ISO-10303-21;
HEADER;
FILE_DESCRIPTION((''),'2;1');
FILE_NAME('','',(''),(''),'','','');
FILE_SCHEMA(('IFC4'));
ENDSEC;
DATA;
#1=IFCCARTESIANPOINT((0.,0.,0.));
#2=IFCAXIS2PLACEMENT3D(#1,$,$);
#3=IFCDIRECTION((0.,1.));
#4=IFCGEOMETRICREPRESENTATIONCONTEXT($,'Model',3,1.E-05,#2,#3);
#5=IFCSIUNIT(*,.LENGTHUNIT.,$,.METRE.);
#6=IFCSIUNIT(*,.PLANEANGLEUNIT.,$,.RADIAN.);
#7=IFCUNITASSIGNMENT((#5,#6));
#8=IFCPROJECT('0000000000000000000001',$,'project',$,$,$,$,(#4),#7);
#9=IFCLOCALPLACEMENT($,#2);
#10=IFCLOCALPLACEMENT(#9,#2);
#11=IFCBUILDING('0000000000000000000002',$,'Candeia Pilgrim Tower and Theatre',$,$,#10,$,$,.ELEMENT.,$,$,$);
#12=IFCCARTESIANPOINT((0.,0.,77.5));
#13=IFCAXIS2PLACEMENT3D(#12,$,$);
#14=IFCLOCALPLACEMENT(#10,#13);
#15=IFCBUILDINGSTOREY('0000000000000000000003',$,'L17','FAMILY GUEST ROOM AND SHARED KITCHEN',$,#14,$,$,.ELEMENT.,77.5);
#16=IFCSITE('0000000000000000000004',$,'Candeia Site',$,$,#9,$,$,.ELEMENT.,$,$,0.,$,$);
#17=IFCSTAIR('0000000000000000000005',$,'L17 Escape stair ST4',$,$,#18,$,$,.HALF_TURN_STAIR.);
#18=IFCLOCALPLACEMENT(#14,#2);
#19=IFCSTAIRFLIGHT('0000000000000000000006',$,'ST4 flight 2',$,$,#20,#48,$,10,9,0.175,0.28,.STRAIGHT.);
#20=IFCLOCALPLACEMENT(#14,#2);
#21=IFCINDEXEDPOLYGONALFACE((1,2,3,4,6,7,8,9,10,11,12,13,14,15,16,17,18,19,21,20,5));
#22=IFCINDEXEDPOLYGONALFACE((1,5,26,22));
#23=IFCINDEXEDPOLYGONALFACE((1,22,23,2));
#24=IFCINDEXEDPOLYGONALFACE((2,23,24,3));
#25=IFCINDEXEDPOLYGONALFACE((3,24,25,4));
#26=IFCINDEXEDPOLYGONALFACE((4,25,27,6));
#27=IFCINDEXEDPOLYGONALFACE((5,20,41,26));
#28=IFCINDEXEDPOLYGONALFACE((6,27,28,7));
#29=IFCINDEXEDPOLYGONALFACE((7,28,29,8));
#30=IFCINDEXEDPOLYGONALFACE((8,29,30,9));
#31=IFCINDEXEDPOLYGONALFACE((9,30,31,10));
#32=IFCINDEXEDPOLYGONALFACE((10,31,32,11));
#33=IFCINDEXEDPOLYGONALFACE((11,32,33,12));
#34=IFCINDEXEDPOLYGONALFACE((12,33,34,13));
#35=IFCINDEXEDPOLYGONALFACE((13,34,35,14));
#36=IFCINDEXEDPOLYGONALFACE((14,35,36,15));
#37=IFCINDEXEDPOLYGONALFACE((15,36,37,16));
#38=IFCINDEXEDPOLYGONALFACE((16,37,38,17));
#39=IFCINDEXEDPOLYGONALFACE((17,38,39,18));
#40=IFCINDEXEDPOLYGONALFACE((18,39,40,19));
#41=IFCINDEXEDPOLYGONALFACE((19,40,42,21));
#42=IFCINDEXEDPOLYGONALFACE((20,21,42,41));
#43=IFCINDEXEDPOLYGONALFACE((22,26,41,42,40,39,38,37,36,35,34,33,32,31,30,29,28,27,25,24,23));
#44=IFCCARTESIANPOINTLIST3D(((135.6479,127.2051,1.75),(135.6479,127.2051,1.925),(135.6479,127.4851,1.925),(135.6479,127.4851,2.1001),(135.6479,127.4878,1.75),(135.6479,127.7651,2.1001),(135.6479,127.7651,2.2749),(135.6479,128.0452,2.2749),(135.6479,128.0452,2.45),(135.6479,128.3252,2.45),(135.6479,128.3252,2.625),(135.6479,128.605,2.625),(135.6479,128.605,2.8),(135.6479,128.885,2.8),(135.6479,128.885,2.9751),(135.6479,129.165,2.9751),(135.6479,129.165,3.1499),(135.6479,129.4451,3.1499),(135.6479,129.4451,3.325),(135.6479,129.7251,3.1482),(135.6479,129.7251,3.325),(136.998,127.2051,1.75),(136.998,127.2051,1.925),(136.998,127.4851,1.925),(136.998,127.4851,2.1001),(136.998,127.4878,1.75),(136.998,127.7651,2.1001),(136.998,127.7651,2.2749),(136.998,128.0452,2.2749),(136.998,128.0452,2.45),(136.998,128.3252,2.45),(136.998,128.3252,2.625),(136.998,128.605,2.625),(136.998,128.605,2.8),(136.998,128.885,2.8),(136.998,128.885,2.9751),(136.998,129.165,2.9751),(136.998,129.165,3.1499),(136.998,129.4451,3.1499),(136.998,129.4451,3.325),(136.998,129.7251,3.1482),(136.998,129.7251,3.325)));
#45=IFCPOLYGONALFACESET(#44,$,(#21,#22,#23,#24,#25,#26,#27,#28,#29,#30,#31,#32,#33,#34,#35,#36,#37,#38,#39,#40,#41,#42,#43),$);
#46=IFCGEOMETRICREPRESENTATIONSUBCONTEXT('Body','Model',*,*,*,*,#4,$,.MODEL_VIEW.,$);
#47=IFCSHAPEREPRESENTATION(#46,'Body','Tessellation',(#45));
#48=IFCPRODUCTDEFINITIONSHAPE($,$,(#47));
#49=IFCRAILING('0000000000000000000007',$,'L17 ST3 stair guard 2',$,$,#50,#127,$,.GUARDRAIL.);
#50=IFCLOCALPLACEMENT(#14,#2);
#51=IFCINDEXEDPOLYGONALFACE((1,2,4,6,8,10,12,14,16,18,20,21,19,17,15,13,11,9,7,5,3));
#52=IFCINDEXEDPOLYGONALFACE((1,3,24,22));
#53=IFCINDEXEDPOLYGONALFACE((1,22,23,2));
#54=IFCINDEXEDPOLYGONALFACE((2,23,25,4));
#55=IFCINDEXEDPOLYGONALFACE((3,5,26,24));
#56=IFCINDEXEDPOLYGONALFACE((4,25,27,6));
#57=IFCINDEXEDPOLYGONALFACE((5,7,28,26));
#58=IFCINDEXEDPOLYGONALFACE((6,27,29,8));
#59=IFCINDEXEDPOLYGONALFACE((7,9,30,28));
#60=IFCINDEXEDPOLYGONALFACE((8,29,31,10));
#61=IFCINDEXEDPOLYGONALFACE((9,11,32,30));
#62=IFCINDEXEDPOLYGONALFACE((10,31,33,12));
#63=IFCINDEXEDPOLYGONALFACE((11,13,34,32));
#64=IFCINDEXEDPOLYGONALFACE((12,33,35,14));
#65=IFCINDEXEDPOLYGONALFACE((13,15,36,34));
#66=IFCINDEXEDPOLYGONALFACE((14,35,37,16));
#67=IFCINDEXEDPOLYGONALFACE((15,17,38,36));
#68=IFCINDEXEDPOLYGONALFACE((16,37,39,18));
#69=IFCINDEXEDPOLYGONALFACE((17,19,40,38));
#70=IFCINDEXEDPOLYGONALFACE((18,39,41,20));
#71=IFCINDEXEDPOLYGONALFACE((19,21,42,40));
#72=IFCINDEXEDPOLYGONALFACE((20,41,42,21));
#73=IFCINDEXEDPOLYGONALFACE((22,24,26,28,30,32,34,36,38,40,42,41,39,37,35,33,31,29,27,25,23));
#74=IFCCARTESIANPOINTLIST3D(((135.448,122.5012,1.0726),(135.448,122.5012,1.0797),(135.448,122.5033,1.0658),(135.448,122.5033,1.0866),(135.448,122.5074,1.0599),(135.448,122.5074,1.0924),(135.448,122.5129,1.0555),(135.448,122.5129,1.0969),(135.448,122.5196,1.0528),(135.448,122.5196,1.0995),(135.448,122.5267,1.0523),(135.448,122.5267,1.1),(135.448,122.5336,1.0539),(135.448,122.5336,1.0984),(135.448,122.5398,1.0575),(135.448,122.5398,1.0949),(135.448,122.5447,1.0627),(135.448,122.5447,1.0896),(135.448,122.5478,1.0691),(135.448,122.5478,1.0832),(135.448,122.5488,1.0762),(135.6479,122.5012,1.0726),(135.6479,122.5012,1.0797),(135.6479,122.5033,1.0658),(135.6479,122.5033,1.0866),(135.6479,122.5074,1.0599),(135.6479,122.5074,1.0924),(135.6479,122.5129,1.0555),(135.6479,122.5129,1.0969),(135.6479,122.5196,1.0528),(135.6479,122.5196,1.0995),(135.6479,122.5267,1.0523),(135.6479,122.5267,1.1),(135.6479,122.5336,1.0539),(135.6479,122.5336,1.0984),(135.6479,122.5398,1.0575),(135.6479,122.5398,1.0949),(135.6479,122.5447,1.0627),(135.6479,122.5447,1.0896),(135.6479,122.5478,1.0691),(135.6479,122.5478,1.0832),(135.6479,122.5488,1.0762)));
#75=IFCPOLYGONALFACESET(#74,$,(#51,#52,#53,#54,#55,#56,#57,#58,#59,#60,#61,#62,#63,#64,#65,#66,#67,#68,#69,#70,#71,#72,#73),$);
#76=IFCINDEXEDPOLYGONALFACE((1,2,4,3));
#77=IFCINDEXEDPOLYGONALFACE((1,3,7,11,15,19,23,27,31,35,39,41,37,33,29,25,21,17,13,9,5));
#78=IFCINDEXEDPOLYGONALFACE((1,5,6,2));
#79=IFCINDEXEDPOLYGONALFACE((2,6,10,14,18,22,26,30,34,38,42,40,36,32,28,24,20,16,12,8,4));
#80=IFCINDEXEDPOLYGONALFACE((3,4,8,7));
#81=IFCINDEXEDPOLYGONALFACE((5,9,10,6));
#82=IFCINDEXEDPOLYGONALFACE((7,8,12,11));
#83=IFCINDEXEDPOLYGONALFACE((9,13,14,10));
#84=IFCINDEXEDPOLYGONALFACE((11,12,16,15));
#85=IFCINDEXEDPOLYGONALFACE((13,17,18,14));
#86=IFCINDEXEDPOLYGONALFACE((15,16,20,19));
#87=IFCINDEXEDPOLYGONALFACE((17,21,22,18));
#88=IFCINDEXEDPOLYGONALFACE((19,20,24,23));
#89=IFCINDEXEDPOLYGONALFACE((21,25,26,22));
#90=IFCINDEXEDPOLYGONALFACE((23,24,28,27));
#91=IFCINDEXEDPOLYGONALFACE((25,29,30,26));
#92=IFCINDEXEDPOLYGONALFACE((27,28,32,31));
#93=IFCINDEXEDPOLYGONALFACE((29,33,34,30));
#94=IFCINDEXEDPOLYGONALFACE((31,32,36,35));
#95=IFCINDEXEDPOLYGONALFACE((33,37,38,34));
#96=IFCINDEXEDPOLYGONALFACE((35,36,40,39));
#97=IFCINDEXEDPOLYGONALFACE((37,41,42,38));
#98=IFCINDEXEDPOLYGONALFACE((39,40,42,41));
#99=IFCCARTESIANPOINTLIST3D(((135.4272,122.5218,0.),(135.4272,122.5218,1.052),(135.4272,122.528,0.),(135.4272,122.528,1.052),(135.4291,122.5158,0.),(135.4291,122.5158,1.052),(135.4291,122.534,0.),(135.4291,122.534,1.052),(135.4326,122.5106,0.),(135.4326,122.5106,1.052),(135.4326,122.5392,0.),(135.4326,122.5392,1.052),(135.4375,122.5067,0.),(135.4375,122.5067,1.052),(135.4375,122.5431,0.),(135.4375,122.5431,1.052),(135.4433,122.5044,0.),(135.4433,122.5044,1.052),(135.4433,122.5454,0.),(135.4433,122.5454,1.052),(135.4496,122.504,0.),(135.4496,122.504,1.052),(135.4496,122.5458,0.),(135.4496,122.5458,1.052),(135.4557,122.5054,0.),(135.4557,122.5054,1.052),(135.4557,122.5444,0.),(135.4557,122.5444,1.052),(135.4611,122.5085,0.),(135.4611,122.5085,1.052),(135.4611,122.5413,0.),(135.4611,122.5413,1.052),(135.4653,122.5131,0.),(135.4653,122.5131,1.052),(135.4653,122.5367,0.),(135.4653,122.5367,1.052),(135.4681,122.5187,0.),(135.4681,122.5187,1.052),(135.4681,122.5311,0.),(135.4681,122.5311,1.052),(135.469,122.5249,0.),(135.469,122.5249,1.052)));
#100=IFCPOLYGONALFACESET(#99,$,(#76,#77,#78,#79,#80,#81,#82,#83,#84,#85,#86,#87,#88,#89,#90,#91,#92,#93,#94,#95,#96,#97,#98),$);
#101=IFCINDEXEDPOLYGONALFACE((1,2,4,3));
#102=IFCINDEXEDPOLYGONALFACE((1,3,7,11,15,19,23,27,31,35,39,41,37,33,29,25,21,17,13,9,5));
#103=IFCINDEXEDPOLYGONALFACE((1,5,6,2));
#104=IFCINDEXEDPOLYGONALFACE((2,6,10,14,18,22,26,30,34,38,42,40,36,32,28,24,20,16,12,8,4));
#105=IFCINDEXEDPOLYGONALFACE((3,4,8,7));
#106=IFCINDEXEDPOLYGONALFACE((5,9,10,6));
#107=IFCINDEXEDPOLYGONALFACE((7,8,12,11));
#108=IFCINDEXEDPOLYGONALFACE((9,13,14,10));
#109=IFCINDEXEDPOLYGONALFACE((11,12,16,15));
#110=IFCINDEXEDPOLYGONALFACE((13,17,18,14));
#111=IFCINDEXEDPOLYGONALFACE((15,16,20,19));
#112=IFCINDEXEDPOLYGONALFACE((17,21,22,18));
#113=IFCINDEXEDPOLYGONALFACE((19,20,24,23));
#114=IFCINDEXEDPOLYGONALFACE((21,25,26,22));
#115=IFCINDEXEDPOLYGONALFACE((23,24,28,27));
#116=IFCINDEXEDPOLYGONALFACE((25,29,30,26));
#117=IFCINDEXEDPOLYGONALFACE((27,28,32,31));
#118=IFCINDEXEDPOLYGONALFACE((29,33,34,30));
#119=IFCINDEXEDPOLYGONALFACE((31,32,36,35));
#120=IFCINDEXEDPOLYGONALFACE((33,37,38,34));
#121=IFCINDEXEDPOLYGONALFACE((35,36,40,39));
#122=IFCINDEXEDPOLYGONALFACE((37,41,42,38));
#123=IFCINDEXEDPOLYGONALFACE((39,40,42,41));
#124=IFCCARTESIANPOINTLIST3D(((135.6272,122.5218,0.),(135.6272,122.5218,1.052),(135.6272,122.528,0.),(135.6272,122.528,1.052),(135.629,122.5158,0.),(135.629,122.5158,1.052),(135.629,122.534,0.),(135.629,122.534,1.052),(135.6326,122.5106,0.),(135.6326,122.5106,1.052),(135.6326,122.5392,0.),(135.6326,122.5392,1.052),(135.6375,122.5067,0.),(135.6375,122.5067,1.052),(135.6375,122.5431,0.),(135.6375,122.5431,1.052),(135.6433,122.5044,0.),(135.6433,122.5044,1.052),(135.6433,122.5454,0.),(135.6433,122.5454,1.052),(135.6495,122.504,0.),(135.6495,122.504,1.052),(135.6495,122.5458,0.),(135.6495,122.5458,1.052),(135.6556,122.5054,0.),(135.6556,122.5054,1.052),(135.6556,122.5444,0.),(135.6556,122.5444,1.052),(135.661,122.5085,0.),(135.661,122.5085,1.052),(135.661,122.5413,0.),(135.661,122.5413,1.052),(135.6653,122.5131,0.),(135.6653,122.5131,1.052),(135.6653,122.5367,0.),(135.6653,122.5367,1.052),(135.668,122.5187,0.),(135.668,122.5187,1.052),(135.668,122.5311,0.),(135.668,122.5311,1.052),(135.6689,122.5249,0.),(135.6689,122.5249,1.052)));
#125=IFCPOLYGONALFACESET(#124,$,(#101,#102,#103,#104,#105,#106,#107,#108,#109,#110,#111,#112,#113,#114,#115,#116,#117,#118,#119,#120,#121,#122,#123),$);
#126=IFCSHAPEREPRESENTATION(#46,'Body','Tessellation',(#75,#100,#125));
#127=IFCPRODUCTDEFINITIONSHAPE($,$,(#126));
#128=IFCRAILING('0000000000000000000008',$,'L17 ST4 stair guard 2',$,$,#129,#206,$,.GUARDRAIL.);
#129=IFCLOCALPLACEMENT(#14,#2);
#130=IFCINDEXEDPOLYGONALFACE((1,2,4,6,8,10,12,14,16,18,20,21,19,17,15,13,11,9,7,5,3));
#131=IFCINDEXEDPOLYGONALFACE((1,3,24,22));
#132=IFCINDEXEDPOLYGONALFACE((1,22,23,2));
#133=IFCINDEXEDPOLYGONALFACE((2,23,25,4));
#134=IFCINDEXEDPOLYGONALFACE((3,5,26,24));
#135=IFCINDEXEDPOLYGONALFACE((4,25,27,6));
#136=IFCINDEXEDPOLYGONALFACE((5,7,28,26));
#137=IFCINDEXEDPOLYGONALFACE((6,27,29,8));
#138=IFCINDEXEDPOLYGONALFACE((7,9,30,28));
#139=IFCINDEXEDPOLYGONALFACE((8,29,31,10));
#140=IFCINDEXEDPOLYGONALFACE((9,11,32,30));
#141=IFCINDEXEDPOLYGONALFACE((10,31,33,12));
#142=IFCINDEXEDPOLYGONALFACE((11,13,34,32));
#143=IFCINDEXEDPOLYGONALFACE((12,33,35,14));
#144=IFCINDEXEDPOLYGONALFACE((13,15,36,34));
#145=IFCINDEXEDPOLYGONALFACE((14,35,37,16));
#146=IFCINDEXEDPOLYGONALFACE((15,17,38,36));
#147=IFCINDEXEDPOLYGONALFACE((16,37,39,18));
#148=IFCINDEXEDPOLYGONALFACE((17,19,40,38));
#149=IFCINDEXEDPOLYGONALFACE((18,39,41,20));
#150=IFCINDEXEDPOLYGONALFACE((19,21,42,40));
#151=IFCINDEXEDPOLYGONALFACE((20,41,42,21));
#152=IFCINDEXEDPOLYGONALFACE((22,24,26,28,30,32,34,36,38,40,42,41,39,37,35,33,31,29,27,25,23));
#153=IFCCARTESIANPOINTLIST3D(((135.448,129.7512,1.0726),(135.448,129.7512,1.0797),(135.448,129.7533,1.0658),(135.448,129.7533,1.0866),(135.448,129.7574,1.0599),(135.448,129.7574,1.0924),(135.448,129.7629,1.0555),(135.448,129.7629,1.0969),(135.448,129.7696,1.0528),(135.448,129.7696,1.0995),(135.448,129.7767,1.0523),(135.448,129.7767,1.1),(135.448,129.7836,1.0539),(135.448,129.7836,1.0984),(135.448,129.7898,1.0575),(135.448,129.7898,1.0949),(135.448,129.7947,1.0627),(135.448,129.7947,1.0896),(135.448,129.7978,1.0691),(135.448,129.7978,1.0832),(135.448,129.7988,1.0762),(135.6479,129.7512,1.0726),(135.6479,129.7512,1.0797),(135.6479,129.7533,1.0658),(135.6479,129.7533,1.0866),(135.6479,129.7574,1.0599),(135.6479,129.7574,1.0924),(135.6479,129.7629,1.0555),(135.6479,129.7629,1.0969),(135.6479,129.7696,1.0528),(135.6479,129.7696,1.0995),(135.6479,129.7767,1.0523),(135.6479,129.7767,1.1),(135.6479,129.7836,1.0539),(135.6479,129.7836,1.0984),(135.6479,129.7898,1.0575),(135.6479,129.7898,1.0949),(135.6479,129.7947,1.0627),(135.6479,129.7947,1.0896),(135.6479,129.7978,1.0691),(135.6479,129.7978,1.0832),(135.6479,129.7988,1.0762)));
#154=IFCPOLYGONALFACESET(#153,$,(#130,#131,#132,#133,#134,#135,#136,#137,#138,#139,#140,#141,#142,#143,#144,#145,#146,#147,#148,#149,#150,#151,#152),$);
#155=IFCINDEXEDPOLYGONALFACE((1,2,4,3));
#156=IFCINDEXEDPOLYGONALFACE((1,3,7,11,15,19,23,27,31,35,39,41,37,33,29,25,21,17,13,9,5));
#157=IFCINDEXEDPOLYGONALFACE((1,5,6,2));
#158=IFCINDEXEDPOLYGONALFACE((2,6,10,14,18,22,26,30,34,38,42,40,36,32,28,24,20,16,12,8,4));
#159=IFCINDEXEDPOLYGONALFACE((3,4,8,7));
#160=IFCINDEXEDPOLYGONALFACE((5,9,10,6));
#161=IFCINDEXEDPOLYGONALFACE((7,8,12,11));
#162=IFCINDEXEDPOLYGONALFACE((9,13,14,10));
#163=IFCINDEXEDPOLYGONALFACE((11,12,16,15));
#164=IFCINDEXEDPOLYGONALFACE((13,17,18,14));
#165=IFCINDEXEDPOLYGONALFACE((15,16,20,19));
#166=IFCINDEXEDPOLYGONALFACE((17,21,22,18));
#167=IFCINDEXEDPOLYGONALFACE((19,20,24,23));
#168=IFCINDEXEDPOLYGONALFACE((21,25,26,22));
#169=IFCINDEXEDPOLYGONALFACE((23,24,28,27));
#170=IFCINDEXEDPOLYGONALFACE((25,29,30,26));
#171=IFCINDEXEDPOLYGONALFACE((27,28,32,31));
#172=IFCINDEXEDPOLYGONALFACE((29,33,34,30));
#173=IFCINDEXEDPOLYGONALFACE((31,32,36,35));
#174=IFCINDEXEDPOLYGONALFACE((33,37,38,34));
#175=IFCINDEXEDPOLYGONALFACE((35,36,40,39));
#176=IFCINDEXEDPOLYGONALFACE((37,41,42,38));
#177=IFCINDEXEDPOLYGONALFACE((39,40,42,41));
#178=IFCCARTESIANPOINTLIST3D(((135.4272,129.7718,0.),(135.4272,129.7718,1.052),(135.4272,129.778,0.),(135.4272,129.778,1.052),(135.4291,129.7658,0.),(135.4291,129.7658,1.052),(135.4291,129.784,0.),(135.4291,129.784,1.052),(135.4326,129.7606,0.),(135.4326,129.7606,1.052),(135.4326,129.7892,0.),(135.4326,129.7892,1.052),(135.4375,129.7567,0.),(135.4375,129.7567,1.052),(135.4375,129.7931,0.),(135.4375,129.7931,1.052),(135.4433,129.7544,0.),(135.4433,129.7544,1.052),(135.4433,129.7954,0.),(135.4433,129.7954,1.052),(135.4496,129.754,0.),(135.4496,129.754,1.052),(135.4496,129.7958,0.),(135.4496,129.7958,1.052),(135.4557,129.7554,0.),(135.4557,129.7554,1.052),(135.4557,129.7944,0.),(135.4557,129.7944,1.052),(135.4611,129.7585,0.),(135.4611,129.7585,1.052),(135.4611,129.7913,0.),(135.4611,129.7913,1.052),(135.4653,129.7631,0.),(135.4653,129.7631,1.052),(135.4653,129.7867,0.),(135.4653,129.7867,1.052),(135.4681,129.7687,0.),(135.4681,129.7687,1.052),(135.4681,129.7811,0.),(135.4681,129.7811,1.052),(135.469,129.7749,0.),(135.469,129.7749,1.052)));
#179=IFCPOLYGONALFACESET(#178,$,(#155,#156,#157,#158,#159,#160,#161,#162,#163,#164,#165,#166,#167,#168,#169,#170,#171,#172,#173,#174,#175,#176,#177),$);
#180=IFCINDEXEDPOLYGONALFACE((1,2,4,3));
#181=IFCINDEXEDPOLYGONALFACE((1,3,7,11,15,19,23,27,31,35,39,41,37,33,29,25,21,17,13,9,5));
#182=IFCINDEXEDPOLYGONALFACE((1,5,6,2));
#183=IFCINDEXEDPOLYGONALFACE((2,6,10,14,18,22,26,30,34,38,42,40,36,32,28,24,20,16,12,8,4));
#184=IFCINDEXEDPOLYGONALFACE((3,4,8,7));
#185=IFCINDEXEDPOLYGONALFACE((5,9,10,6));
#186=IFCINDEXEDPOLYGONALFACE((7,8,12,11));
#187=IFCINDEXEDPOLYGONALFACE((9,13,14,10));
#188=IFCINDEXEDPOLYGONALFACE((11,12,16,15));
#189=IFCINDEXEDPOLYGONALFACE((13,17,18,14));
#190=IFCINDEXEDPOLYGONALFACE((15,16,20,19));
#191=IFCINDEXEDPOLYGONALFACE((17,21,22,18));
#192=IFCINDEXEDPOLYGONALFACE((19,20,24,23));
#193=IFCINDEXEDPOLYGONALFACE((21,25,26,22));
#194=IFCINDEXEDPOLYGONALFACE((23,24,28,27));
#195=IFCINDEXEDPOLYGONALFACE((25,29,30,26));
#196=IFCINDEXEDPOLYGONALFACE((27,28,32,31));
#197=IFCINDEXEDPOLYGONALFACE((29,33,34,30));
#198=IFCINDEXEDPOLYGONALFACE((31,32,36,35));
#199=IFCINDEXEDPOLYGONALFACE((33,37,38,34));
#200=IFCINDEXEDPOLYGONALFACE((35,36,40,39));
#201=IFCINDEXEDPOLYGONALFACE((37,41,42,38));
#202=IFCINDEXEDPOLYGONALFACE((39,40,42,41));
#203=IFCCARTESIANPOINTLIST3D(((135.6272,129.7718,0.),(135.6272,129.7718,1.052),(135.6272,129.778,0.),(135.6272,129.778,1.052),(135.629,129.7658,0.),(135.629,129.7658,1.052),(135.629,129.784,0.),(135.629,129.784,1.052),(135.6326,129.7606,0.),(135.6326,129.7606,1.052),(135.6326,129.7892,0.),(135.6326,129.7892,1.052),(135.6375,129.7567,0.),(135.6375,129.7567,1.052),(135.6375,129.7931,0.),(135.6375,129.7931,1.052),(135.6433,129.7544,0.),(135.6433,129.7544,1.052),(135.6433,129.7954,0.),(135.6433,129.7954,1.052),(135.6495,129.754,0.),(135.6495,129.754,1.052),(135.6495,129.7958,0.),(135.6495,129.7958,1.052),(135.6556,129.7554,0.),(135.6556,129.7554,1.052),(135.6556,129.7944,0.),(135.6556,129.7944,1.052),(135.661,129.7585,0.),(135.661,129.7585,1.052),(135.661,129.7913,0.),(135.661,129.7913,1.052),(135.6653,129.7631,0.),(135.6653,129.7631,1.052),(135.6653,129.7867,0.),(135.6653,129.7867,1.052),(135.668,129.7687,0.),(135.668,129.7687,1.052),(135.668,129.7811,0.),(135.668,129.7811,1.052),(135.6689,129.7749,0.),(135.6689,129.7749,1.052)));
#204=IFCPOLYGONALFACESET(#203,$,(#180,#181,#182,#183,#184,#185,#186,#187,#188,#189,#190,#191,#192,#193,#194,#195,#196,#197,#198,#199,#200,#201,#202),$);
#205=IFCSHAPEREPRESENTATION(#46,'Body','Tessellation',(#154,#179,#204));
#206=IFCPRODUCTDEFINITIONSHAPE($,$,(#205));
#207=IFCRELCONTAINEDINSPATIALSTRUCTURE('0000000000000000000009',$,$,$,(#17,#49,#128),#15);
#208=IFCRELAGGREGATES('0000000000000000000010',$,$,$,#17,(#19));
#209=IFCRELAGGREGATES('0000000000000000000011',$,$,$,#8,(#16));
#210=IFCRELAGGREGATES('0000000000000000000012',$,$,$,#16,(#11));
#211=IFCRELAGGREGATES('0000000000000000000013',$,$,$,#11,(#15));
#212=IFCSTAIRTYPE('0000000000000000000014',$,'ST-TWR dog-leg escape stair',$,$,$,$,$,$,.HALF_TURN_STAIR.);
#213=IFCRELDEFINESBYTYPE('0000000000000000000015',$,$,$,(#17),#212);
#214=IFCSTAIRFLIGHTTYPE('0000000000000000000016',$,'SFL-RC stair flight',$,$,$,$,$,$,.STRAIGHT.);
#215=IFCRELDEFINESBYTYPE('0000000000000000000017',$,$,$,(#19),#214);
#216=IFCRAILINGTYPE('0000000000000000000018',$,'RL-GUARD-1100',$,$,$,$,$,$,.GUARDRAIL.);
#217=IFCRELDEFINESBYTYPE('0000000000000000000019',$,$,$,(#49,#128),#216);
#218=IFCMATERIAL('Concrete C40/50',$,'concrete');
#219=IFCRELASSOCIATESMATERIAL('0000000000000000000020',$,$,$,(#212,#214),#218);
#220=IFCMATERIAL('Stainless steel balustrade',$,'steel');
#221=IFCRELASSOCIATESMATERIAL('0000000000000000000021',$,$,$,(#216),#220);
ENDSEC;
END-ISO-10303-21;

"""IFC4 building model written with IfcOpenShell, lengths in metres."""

from ifc_helpers import new_model, si_unit, direction, frame, origin, origin_2d, place, context, subcontext, project, spatial, polyline, circle, outline, extrude, material, type_object, element, aggregate, save


model = new_model("IFC4")

# Units and contexts
model_context = context("Model", 3, precision=1e-05, world=origin(), true_north=direction((0.0, 1.0)))
body_context = subcontext(model_context, "Body", "Model", "MODEL_VIEW")
ifc_project = project(units=[si_unit("LENGTHUNIT", "METRE"), si_unit("PLANEANGLEUNIT", "RADIAN")], contexts=[model_context])

# Site, building, storey
site_placement = place(None, origin())
site = spatial("IfcSite", under=ifc_project, at=site_placement, Name="Candeia Site", CompositionType="ELEMENT", RefElevation=0.0)
building_placement = place(site_placement, origin())
building = spatial("IfcBuilding", under=site, at=building_placement, Name="Candeia Pilgrim Tower and Theatre", CompositionType="ELEMENT")
storey_placement = place(building_placement, frame((0.0, 0.0, 77.5)))
storey = spatial("IfcBuildingStorey", under=building, at=storey_placement, Name="L17", Description="FAMILY GUEST ROOM AND SHARED KITCHEN", CompositionType="ELEMENT", Elevation=77.5)

# Shared definitions
ifc_material_1 = material(Name="Concrete C40/50", Category="concrete")

# Stair, stair flight
stair_type = type_object("IfcStairType", Name="ST-TWR dog-leg escape stair", PredefinedType="HALF_TURN_STAIR", material=ifc_material_1)
stair_flight_type = type_object("IfcStairFlightType", Name="SFL-RC stair flight", PredefinedType="STRAIGHT", material=ifc_material_1)
stair_1_placement = place(storey_placement, origin())
stair_1 = element("IfcStair", 1, at=stair_1_placement, inside=storey, type_object=stair_type, Name="L17 Escape stair ST4", PredefinedType="HALF_TURN_STAIR")
stair_flight_1_placement = place(storey_placement, frame((136.323, 127.2051, 1.75), z_axis=(0.0, 0.0, 1.0), x_axis=(0.0, 1.0, 0.0)))
stair_flight_1 = element("IfcStairFlight", 2, at=stair_flight_1_placement, type_object=stair_flight_type, Name="ST4 flight 2", NumberOfRisers=10, NumberOfTreads=9, PredefinedType="STRAIGHT", RiserHeight=0.175, TreadLength=0.28, context=body_context, shape_type="SweptSolid", body=[
    extrude(outline(polyline([(0.0, 0.0), (0.0, 0.175), (0.28, 0.175), (0.28, 0.3501), (0.5601, 0.3501), (0.5601, 0.5249), (0.8401, 0.5249), (0.8401, 0.7), (1.1201, 0.7), (1.1201, 0.875), (1.3999, 0.875), (1.3999, 1.05), (1.6799, 1.05), (1.6799, 1.2251), (1.96, 1.2251), (1.96, 1.3999), (2.24, 1.3999), (2.24, 1.575), (2.52, 1.575), (2.52, 1.75), (2.52, 1.3982), (0.2827, 0.0), (0.0, 0.0)])), frame((0.0, 0.675, 0.0), z_axis=(0.0, -1.0, 0.0), x_axis=(1.0, 0.0, 0.0)), (0.0, 0.0, 1.0), 1.3501),
])
aggregate(stair_1, [stair_flight_1])

# Railings
ifc_material_2 = material(Name="Stainless steel balustrade", Category="steel")
railing_type_1 = type_object("IfcRailingType", Name="RL-GUARD-1100", PredefinedType="GUARDRAIL", material=ifc_material_2)
railing_1_placement = place(storey_placement, frame((135.448, 122.5249, 0.0)))
element("IfcRailing", 3, at=railing_1_placement, inside=storey, type_object=railing_type_1, Name="L17 ST3 stair guard 2", PredefinedType="GUARDRAIL", context=body_context, shape_type="SweptSolid", body=[
    extrude(circle(Radius=0.0239, at=origin_2d()), frame((0.0, 0.0, 1.0762), z_axis=(1.0, 0.0, 0.0), x_axis=(0.0, 1.0, 0.0)), (0.0, 0.0, 1.0), 0.2),
    extrude(circle(Radius=0.021, at=origin_2d()), origin(), (0.0, 0.0, 1.0), 1.052),
    extrude(circle(Radius=0.021, at=origin_2d()), frame((0.2, 0.0, 0.0)), (0.0, 0.0, 1.0), 1.052),
])
railing_2_placement = place(storey_placement, frame((135.448, 129.7749, 0.0)))
element("IfcRailing", 4, at=railing_2_placement, inside=storey, type_object=railing_type_1, Name="L17 ST4 stair guard 2", PredefinedType="GUARDRAIL", context=body_context, shape_type="SweptSolid", body=[
    extrude(circle(Radius=0.0239, at=origin_2d()), frame((0.0, 0.0, 1.0762), z_axis=(1.0, 0.0, 0.0), x_axis=(0.0, 1.0, 0.0)), (0.0, 0.0, 1.0), 0.2),
    extrude(circle(Radius=0.021, at=origin_2d()), origin(), (0.0, 0.0, 1.0), 1.052),
    extrude(circle(Radius=0.021, at=origin_2d()), frame((0.2, 0.0, 0.0)), (0.0, 0.0, 1.0), 1.052),
])

save(model, "model.ifc")
